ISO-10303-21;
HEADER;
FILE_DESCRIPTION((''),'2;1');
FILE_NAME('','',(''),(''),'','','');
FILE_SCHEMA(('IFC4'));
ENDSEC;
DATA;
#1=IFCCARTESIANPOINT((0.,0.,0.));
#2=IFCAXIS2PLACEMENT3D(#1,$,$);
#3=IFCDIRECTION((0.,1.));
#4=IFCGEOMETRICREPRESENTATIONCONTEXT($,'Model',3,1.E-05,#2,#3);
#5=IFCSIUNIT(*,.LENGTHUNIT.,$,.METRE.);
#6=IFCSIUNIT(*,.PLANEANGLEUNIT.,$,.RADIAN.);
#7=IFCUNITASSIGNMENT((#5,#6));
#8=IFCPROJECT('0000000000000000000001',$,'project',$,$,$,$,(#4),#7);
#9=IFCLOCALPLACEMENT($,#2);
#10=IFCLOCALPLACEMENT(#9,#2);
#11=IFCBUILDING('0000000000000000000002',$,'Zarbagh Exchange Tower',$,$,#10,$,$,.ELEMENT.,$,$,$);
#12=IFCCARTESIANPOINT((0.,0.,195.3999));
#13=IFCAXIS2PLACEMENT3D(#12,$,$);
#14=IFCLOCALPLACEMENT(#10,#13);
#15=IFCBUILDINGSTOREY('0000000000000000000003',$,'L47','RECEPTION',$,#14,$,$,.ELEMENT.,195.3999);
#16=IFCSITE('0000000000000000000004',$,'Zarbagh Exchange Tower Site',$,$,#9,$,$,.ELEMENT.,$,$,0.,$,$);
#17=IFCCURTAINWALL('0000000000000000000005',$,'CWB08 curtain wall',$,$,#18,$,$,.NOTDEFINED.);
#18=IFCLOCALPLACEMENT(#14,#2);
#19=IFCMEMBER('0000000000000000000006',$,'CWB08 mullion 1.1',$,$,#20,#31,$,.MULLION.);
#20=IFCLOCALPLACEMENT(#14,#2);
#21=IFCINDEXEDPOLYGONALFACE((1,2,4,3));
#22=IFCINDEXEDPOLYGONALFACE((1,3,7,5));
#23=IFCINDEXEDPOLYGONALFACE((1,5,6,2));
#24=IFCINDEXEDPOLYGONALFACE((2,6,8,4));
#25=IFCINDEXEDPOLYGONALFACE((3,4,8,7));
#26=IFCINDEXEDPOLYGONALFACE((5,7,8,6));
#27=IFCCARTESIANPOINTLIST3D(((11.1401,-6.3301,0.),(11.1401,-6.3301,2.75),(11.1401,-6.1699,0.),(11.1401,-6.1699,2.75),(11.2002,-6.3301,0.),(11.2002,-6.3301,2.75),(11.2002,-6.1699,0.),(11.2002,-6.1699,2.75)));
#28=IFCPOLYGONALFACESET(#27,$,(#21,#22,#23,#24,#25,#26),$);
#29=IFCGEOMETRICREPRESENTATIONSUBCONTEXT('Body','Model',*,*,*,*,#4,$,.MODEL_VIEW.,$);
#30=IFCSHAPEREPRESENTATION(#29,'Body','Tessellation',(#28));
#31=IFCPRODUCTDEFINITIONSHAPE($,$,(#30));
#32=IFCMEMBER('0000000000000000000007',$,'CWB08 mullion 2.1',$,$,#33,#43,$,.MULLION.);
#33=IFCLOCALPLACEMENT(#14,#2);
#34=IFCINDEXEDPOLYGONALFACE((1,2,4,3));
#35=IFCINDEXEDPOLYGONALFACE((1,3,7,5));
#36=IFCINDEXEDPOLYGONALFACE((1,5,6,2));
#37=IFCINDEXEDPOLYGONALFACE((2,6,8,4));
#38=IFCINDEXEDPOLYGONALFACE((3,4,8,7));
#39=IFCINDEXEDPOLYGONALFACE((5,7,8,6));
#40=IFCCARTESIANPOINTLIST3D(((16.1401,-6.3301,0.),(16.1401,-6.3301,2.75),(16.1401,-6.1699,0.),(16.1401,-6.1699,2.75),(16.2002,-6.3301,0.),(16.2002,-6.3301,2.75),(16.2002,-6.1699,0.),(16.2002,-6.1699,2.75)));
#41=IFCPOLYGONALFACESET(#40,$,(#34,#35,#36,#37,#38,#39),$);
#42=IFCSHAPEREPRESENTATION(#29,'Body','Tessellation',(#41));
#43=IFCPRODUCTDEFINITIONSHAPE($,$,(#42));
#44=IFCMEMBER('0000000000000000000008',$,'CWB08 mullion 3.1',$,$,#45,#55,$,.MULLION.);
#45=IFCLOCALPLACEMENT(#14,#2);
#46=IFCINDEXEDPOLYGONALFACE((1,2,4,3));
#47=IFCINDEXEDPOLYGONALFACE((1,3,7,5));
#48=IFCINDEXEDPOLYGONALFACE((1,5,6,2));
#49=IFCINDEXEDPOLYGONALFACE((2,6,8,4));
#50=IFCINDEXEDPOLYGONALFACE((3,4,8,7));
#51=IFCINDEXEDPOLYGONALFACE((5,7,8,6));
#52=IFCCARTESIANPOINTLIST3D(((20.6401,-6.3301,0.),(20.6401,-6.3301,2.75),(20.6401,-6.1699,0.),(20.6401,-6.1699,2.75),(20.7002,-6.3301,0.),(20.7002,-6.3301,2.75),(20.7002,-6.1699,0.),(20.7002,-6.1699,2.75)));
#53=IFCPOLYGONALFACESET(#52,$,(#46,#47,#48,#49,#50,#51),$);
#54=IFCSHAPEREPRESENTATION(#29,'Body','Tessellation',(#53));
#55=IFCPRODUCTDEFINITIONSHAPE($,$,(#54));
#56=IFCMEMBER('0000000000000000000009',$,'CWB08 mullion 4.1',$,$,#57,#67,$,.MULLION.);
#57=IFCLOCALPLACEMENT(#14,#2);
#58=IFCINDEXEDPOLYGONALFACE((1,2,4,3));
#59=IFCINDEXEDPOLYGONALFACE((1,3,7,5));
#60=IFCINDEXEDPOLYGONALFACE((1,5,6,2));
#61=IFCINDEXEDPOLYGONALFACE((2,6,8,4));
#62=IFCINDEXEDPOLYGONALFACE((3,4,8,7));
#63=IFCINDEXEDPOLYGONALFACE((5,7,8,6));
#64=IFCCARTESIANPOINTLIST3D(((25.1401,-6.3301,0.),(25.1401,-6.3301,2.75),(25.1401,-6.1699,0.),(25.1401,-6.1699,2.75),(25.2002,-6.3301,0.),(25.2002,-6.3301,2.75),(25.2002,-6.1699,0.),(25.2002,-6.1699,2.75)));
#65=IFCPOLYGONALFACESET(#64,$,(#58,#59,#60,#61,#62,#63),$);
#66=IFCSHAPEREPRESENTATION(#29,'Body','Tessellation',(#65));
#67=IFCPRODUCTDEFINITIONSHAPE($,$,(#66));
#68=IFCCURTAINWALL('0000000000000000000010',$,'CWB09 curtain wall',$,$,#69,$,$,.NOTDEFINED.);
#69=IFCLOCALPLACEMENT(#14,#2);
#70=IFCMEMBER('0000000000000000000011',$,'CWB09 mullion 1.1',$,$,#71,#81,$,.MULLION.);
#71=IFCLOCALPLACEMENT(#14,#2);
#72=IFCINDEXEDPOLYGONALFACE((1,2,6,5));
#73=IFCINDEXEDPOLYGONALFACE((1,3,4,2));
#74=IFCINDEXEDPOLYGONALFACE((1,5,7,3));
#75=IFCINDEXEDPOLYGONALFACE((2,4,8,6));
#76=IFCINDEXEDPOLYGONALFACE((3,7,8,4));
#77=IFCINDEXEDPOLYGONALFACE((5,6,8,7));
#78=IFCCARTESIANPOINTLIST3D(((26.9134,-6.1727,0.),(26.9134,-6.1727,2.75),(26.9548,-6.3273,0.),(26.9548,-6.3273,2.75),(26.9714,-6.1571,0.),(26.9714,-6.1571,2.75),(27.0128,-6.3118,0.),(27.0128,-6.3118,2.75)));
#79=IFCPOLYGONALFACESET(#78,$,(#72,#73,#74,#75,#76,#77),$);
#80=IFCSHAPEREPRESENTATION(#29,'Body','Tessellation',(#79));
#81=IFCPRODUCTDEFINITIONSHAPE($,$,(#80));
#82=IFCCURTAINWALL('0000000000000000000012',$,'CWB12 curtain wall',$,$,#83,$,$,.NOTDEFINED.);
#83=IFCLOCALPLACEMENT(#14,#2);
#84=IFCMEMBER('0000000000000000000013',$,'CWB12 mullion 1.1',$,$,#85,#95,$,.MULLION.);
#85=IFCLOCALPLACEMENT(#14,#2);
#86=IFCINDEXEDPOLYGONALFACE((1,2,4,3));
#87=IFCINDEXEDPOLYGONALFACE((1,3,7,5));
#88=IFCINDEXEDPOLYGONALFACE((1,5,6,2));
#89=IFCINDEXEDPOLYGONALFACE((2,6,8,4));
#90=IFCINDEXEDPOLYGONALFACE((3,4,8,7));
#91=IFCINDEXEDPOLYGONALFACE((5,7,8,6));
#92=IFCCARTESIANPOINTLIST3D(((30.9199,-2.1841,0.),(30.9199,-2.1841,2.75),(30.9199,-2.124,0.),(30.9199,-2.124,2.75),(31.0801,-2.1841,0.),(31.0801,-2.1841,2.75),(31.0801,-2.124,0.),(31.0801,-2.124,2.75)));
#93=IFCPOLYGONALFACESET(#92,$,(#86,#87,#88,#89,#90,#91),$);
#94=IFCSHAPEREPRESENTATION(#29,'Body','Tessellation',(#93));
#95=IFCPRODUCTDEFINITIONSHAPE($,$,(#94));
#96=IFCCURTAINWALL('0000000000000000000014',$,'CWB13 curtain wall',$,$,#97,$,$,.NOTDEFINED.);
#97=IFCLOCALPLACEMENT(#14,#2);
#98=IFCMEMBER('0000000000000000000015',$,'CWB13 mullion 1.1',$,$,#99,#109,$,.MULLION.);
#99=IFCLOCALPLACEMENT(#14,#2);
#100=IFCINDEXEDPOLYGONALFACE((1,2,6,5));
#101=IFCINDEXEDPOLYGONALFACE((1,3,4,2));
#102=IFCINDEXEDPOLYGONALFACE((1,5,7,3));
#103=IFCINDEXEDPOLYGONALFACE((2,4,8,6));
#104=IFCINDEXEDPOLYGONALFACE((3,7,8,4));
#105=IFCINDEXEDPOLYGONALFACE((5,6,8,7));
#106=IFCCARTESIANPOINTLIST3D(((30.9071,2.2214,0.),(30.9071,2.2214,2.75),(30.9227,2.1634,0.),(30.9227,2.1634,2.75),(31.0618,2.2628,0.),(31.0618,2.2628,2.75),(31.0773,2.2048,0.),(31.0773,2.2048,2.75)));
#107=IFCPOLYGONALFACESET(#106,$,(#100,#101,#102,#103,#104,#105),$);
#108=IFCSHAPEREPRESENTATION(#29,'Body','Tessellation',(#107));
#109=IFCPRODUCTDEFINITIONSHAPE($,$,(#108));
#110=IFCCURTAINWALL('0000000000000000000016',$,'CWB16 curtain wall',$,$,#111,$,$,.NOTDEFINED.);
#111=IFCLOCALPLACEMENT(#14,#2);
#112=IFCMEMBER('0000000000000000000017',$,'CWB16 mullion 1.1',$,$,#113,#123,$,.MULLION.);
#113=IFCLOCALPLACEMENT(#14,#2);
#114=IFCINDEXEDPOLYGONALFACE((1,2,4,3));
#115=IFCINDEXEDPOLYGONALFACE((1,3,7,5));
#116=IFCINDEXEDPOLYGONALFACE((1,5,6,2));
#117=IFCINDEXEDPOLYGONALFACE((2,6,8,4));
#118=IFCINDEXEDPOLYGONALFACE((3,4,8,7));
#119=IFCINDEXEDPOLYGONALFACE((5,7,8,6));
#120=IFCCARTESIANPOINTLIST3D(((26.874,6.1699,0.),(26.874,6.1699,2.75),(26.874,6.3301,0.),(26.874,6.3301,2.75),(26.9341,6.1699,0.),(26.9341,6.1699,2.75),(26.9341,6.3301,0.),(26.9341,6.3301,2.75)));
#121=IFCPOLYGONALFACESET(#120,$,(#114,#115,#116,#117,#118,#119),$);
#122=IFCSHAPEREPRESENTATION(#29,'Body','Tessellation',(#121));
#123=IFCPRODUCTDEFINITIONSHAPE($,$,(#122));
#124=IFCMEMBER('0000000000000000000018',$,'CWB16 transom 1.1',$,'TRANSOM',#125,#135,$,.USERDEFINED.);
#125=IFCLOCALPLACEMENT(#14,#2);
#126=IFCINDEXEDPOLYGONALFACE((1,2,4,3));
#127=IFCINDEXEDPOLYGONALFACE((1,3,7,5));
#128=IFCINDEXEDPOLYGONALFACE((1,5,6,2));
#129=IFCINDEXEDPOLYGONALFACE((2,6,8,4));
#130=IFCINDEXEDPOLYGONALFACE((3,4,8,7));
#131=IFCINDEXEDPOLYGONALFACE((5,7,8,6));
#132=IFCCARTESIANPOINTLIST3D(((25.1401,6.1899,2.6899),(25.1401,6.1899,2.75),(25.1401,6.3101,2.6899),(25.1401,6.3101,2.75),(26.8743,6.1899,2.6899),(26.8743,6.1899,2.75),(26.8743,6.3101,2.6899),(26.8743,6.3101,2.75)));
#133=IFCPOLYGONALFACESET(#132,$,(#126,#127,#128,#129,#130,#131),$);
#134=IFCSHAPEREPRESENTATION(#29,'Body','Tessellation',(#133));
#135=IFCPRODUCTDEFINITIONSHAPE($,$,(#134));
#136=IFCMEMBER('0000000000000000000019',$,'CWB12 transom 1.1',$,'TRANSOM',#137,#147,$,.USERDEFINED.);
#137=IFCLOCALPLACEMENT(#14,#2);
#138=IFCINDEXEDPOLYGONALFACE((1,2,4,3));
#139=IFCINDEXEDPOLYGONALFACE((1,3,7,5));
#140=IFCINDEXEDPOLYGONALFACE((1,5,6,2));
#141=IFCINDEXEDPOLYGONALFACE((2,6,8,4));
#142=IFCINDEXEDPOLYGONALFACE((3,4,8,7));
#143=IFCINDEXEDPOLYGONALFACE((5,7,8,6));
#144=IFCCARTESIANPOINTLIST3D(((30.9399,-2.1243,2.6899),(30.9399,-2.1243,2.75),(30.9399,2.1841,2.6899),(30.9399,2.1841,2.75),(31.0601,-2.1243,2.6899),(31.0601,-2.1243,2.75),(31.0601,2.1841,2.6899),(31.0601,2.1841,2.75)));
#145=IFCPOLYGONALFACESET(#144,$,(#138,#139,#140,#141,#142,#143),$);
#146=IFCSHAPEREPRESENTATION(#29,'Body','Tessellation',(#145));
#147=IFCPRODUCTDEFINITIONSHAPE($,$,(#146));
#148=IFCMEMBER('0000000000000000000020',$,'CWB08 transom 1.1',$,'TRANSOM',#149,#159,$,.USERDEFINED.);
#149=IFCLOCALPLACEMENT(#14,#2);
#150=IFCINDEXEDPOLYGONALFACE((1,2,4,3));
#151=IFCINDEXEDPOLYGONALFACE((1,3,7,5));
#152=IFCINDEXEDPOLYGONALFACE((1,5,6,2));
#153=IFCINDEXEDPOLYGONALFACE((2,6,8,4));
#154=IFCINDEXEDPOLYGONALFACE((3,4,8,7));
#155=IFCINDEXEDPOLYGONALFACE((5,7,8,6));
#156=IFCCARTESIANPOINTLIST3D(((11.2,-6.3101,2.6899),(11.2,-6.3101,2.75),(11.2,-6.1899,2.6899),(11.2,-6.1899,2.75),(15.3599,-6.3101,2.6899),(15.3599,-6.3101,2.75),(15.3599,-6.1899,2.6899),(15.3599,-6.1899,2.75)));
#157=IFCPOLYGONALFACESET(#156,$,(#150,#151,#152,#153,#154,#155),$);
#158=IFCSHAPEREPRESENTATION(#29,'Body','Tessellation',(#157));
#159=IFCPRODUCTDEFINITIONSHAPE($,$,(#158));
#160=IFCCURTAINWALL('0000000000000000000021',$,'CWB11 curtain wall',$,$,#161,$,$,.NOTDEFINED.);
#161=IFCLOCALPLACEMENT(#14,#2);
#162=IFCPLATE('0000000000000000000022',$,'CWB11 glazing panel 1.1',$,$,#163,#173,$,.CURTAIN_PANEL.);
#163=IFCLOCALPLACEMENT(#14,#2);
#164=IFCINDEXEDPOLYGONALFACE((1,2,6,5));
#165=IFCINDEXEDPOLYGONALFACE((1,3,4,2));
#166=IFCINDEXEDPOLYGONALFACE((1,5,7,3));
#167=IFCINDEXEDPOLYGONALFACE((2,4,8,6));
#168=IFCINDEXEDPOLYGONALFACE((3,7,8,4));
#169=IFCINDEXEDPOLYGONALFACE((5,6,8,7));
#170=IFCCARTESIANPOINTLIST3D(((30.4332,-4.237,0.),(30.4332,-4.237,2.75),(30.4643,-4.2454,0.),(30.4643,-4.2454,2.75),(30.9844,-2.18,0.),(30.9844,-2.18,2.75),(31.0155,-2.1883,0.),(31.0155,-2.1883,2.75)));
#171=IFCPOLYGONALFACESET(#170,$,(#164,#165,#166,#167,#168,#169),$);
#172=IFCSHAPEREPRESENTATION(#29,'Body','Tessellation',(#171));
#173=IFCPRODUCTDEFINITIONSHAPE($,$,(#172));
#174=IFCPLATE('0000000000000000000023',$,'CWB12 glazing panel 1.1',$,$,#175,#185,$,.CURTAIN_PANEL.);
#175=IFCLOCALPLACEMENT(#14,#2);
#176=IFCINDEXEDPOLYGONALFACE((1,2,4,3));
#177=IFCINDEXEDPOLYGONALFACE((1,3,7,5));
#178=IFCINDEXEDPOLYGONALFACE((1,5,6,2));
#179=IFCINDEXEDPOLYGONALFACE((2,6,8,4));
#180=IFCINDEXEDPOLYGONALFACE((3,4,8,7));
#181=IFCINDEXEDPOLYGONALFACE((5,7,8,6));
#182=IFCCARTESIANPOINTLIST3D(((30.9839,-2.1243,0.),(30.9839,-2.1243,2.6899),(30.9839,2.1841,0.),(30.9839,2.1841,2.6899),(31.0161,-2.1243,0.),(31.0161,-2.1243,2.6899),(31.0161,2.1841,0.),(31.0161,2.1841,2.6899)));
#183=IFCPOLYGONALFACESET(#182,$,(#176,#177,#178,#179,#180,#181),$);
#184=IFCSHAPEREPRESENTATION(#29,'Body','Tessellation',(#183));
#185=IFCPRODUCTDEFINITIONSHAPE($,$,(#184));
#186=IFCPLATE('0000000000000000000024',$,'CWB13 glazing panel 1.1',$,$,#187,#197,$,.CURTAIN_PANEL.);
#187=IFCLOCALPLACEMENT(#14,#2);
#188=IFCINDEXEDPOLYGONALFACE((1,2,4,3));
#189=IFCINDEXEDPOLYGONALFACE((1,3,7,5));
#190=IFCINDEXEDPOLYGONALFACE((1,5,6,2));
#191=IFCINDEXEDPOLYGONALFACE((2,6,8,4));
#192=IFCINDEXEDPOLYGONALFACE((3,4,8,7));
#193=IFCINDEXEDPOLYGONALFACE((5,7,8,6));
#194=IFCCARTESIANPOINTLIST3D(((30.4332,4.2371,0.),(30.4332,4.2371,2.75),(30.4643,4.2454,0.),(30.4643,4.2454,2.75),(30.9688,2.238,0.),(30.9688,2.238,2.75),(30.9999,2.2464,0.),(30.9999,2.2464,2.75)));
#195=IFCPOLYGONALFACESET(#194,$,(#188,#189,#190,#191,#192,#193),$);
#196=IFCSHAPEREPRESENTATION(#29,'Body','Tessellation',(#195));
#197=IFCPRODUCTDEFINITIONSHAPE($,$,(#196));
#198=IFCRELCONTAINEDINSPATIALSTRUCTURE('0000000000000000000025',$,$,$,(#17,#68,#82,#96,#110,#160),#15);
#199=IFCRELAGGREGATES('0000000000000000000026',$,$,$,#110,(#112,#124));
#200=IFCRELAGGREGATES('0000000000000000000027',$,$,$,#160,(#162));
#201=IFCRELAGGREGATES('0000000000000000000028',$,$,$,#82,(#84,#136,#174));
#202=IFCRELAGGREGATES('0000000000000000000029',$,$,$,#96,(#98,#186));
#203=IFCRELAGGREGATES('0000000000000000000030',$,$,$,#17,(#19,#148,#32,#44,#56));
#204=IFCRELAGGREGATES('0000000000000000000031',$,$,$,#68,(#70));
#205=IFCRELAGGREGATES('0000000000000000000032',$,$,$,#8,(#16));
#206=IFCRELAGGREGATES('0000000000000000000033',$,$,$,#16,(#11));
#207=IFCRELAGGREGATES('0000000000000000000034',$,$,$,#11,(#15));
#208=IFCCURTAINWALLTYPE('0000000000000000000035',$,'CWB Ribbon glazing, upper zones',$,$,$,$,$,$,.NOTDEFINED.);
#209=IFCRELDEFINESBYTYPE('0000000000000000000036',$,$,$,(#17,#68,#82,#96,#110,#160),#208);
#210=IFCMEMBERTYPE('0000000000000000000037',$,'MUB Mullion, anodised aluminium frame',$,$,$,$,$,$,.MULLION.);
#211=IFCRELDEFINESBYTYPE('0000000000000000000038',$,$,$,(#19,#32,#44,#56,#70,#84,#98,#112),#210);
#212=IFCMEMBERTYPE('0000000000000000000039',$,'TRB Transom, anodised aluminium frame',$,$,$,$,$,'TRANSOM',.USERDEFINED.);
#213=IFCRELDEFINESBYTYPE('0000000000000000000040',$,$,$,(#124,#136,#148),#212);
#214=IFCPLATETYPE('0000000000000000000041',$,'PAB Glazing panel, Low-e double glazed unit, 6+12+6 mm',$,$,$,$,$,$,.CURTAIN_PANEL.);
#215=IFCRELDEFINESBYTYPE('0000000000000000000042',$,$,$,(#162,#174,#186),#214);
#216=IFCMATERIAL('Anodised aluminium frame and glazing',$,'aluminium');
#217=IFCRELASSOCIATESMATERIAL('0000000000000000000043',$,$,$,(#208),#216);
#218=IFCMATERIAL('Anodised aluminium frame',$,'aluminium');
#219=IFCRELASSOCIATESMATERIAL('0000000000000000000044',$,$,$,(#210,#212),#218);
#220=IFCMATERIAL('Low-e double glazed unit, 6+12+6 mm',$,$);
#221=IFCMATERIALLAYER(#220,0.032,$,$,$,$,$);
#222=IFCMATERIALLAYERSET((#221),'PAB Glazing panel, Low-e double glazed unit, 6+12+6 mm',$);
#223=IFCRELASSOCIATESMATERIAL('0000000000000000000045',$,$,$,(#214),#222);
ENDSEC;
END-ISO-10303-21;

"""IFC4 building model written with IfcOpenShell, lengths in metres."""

from ifc_helpers import new_model, si_unit, direction, frame, origin, place, context, subcontext, project, spatial, polyline, outline, extrude, source, transform, mapped, material, layer, layer_set, type_object, element, aggregate, save


model = new_model("IFC4")

# Units and contexts
model_context = context("Model", 3, precision=1e-05, world=origin(), true_north=direction((0.0, 1.0)))
body_context = subcontext(model_context, "Body", "Model", "MODEL_VIEW")
ifc_project = project(units=[si_unit("LENGTHUNIT", "METRE"), si_unit("PLANEANGLEUNIT", "RADIAN")], contexts=[model_context])

# Site, building, storey
site_placement = place(None, origin())
site = spatial("IfcSite", under=ifc_project, at=site_placement, Name="Zarbagh Exchange Tower Site", CompositionType="ELEMENT", RefElevation=0.0)
building_placement = place(site_placement, origin())
building = spatial("IfcBuilding", under=site, at=building_placement, Name="Zarbagh Exchange Tower", CompositionType="ELEMENT")
storey_placement = place(building_placement, frame((0.0, 0.0, 195.3999)))
storey = spatial("IfcBuildingStorey", under=building, at=storey_placement, Name="L47", Description="RECEPTION", CompositionType="ELEMENT", Elevation=195.3999)

# Curtain wall, members
ifc_material_1 = material(Name="Anodised aluminium frame and glazing", Category="aluminium")
curtain_wall_type = type_object("IfcCurtainWallType", Name="CWB Ribbon glazing, upper zones", PredefinedType="NOTDEFINED", material=ifc_material_1)
curtain_wall_1_placement = place(storey_placement, origin())
curtain_wall_1 = element("IfcCurtainWall", 1, at=curtain_wall_1_placement, inside=storey, type_object=curtain_wall_type, Name="CWB08 curtain wall", PredefinedType="NOTDEFINED")
ifc_material_2 = material(Name="Anodised aluminium frame", Category="aluminium")
member_type_1 = type_object("IfcMemberType", Name="MUB Mullion, anodised aluminium frame", PredefinedType="MULLION", material=ifc_material_2)
shared_shape_1 = source(origin(), body_context, "Body", "SweptSolid", [
    extrude(outline(polyline([(0.0, -0.0801), (0.0601, -0.0801), (0.0601, 0.0801), (0.0, 0.0801), (0.0, -0.0801)])), origin(), (0.0, 0.0, 1.0), 2.75),
])
placement = place(storey_placement, origin())
member_1 = element("IfcMember", 2, at=placement, type_object=member_type_1, Name="CWB08 mullion 1.1", PredefinedType="MULLION", context=body_context, shape_type="MappedRepresentation", body=[
    mapped(shared_shape_1, transform((11.1401, -6.25, 0.0), x_axis=(1.0, 0.0, 0.0), y_axis=(0.0, 1.0, 0.0), z_axis=(0.0, 0.0, 1.0))),
])
member_2 = element("IfcMember", 3, at=placement, type_object=member_type_1, Name="CWB08 mullion 2.1", PredefinedType="MULLION", context=body_context, shape_type="MappedRepresentation", body=[
    mapped(shared_shape_1, transform((16.1401, -6.25, 0.0), x_axis=(1.0, 0.0, 0.0), y_axis=(0.0, 1.0, 0.0), z_axis=(0.0, 0.0, 1.0))),
])
member_3 = element("IfcMember", 4, at=placement, type_object=member_type_1, Name="CWB08 mullion 3.1", PredefinedType="MULLION", context=body_context, shape_type="MappedRepresentation", body=[
    mapped(shared_shape_1, transform((20.6401, -6.25, 0.0), x_axis=(1.0, 0.0, 0.0), y_axis=(0.0, 1.0, 0.0), z_axis=(0.0, 0.0, 1.0))),
])
member_4 = element("IfcMember", 5, at=placement, type_object=member_type_1, Name="CWB08 mullion 4.1", PredefinedType="MULLION", context=body_context, shape_type="MappedRepresentation", body=[
    mapped(shared_shape_1, transform((25.1401, -6.25, 0.0), x_axis=(1.0, 0.0, 0.0), y_axis=(0.0, 1.0, 0.0), z_axis=(0.0, 0.0, 1.0))),
])

# Curtain walls, members
curtain_wall_2_placement = place(storey_placement, origin())
curtain_wall_2 = element("IfcCurtainWall", 6, at=curtain_wall_2_placement, inside=storey, type_object=curtain_wall_type, Name="CWB09 curtain wall", PredefinedType="NOTDEFINED")
member_5 = element("IfcMember", 7, at=placement, type_object=member_type_1, Name="CWB09 mullion 1.1", PredefinedType="MULLION", context=body_context, shape_type="MappedRepresentation", body=[
    mapped(shared_shape_1, transform((26.9341, -6.25, 0.0), x_axis=(0.965924, 0.258825, 0.0), y_axis=(-0.258825, 0.965924, 0.0), z_axis=(0.0, 0.0, 1.0))),
])
curtain_wall_3_placement = place(storey_placement, origin())
curtain_wall_3 = element("IfcCurtainWall", 8, at=curtain_wall_3_placement, inside=storey, type_object=curtain_wall_type, Name="CWB12 curtain wall", PredefinedType="NOTDEFINED")
member_6 = element("IfcMember", 9, at=placement, type_object=member_type_1, Name="CWB12 mullion 1.1", PredefinedType="MULLION", context=body_context, shape_type="MappedRepresentation", body=[
    mapped(shared_shape_1, transform((31.0, -2.1841, 0.0), x_axis=(0.0, 1.0, 0.0), y_axis=(-1.0, 0.0, 0.0), z_axis=(0.0, 0.0, 1.0))),
])
curtain_wall_4_placement = place(storey_placement, origin())
curtain_wall_4 = element("IfcCurtainWall", 10, at=curtain_wall_4_placement, inside=storey, type_object=curtain_wall_type, Name="CWB13 curtain wall", PredefinedType="NOTDEFINED")
member_7 = element("IfcMember", 11, at=placement, type_object=member_type_1, Name="CWB13 mullion 1.1", PredefinedType="MULLION", context=body_context, shape_type="MappedRepresentation", body=[
    mapped(shared_shape_1, transform((31.0, 2.1841, 0.0), x_axis=(-0.258825, 0.965924, 0.0), y_axis=(-0.965924, -0.258825, 0.0), z_axis=(0.0, 0.0, 1.0))),
])

# Curtain wall, members
curtain_wall_5_placement = place(storey_placement, origin())
curtain_wall_5 = element("IfcCurtainWall", 12, at=curtain_wall_5_placement, inside=storey, type_object=curtain_wall_type, Name="CWB16 curtain wall", PredefinedType="NOTDEFINED")
member_8 = element("IfcMember", 13, at=placement, type_object=member_type_1, Name="CWB16 mullion 1.1", PredefinedType="MULLION", context=body_context, shape_type="MappedRepresentation", body=[
    mapped(shared_shape_1, transform((26.9341, 6.25, 0.0), x_axis=(-1.0, 0.0, 0.0), y_axis=(0.0, -1.0, 0.0), z_axis=(0.0, 0.0, 1.0))),
])
member_type_2 = type_object("IfcMemberType", Name="TRB Transom, anodised aluminium frame", ElementType="TRANSOM", PredefinedType="USERDEFINED", material=ifc_material_2)
shared_shape_2 = source(origin(), body_context, "Body", "SweptSolid", [
    extrude(outline(polyline([(-0.0601, -0.0601), (0.0, -0.0601), (0.0, 0.0601), (-0.0601, 0.0601), (-0.0601, -0.0601)])), origin(), (0.0, 0.0, 1.0), 1.7341),
])
member_9 = element("IfcMember", 14, at=placement, type_object=member_type_2, Name="CWB16 transom 1.1", ObjectType="TRANSOM", PredefinedType="USERDEFINED", context=body_context, shape_type="MappedRepresentation", body=[
    mapped(shared_shape_2, transform((26.8743, 6.25, 2.75), x_axis=(0.0, 0.0, 1.0), y_axis=(0.0, 1.0, 0.0), z_axis=(-1.0, 0.0, 0.0))),
])
aggregate(curtain_wall_5, [member_8, member_9])

# Members
shared_shape_3 = source(origin(), body_context, "Body", "SweptSolid", [
    extrude(outline(polyline([(-0.0601, -0.0601), (0.0, -0.0601), (0.0, 0.0601), (-0.0601, 0.0601), (-0.0601, -0.0601)])), origin(), (0.0, 0.0, 1.0), 4.3083),
])
member_10 = element("IfcMember", 15, at=placement, type_object=member_type_2, Name="CWB12 transom 1.1", ObjectType="TRANSOM", PredefinedType="USERDEFINED", context=body_context, shape_type="MappedRepresentation", body=[
    mapped(shared_shape_3, transform((31.0, -2.1243, 2.75), x_axis=(0.0, 0.0, 1.0), y_axis=(1.0, 0.0, 0.0), z_axis=(0.0, 1.0, 0.0))),
])
shared_shape_4 = source(origin(), body_context, "Body", "SweptSolid", [
    extrude(outline(polyline([(-0.0601, -0.0601), (0.0, -0.0601), (0.0, 0.0601), (-0.0601, 0.0601), (-0.0601, -0.0601)])), origin(), (0.0, 0.0, 1.0), 4.1599),
])
member_11 = element("IfcMember", 16, at=placement, type_object=member_type_2, Name="CWB08 transom 1.1", ObjectType="TRANSOM", PredefinedType="USERDEFINED", context=body_context, shape_type="MappedRepresentation", body=[
    mapped(shared_shape_4, transform((11.2, -6.25, 2.75), x_axis=(0.0, 0.0, 1.0), y_axis=(0.0, -1.0, 0.0), z_axis=(1.0, 0.0, 0.0))),
])

# Curtain wall, plate
curtain_wall_6_placement = place(storey_placement, origin())
curtain_wall_6 = element("IfcCurtainWall", 17, at=curtain_wall_6_placement, inside=storey, type_object=curtain_wall_type, Name="CWB11 curtain wall", PredefinedType="NOTDEFINED")
ifc_material_3 = material(Name="Low-e double glazed unit, 6+12+6 mm")
ifc_layer = layer(ifc_material_3, 0.032)
ifc_layer_set = layer_set([ifc_layer], Name="PAB Glazing panel, Low-e double glazed unit, 6+12+6 mm")
plate_type = type_object("IfcPlateType", Name="PAB Glazing panel, Low-e double glazed unit, 6+12+6 mm", PredefinedType="CURTAIN_PANEL", material=ifc_layer_set)
shared_shape_5 = source(origin(), body_context, "Body", "SweptSolid", [
    extrude(outline(polyline([(0.0, -0.0161), (2.1296, -0.0161), (2.1296, 0.0161), (0.0, 0.0161), (0.0, -0.0161)])), origin(), (0.0, 0.0, 1.0), 2.75),
])
plate_1 = element("IfcPlate", 18, at=placement, type_object=plate_type, Name="CWB11 glazing panel 1.1", PredefinedType="CURTAIN_PANEL", context=body_context, shape_type="MappedRepresentation", body=[
    mapped(shared_shape_5, transform((30.4487, -4.2412, 0.0), x_axis=(0.258825, 0.965924, 0.0), y_axis=(-0.965924, 0.258825, 0.0), z_axis=(0.0, 0.0, 1.0))),
])
aggregate(curtain_wall_6, [plate_1])

# Plates
shared_shape_6 = source(origin(), body_context, "Body", "SweptSolid", [
    extrude(outline(polyline([(0.0, -0.0161), (4.3083, -0.0161), (4.3083, 0.0161), (0.0, 0.0161), (0.0, -0.0161)])), origin(), (0.0, 0.0, 1.0), 2.6899),
])
plate_2 = element("IfcPlate", 19, at=placement, type_object=plate_type, Name="CWB12 glazing panel 1.1", PredefinedType="CURTAIN_PANEL", context=body_context, shape_type="MappedRepresentation", body=[
    mapped(shared_shape_6, transform((31.0, -2.1243, 0.0), x_axis=(0.0, 1.0, 0.0), y_axis=(-1.0, 0.0, 0.0), z_axis=(0.0, 0.0, 1.0))),
])
aggregate(curtain_wall_3, [member_6, member_10, plate_2])
shared_shape_7 = source(origin(), body_context, "Body", "SweptSolid", [
    extrude(outline(polyline([(0.0, -0.0161), (2.0696, -0.0161), (2.0696, 0.0161), (0.0, 0.0161), (0.0, -0.0161)])), origin(), (0.0, 0.0, 1.0), 2.75),
])
plate_3 = element("IfcPlate", 20, at=placement, type_object=plate_type, Name="CWB13 glazing panel 1.1", PredefinedType="CURTAIN_PANEL", context=body_context, shape_type="MappedRepresentation", body=[
    mapped(shared_shape_7, transform((30.9844, 2.2422, 0.0), x_axis=(-0.258825, 0.965924, 0.0), y_axis=(-0.965924, -0.258825, 0.0), z_axis=(0.0, 0.0, 1.0))),
])
aggregate(curtain_wall_4, [member_7, plate_3])

aggregate(curtain_wall_1, [member_1, member_11, member_2, member_3, member_4])
aggregate(curtain_wall_2, [member_5])

save(model, "model.ifc")
